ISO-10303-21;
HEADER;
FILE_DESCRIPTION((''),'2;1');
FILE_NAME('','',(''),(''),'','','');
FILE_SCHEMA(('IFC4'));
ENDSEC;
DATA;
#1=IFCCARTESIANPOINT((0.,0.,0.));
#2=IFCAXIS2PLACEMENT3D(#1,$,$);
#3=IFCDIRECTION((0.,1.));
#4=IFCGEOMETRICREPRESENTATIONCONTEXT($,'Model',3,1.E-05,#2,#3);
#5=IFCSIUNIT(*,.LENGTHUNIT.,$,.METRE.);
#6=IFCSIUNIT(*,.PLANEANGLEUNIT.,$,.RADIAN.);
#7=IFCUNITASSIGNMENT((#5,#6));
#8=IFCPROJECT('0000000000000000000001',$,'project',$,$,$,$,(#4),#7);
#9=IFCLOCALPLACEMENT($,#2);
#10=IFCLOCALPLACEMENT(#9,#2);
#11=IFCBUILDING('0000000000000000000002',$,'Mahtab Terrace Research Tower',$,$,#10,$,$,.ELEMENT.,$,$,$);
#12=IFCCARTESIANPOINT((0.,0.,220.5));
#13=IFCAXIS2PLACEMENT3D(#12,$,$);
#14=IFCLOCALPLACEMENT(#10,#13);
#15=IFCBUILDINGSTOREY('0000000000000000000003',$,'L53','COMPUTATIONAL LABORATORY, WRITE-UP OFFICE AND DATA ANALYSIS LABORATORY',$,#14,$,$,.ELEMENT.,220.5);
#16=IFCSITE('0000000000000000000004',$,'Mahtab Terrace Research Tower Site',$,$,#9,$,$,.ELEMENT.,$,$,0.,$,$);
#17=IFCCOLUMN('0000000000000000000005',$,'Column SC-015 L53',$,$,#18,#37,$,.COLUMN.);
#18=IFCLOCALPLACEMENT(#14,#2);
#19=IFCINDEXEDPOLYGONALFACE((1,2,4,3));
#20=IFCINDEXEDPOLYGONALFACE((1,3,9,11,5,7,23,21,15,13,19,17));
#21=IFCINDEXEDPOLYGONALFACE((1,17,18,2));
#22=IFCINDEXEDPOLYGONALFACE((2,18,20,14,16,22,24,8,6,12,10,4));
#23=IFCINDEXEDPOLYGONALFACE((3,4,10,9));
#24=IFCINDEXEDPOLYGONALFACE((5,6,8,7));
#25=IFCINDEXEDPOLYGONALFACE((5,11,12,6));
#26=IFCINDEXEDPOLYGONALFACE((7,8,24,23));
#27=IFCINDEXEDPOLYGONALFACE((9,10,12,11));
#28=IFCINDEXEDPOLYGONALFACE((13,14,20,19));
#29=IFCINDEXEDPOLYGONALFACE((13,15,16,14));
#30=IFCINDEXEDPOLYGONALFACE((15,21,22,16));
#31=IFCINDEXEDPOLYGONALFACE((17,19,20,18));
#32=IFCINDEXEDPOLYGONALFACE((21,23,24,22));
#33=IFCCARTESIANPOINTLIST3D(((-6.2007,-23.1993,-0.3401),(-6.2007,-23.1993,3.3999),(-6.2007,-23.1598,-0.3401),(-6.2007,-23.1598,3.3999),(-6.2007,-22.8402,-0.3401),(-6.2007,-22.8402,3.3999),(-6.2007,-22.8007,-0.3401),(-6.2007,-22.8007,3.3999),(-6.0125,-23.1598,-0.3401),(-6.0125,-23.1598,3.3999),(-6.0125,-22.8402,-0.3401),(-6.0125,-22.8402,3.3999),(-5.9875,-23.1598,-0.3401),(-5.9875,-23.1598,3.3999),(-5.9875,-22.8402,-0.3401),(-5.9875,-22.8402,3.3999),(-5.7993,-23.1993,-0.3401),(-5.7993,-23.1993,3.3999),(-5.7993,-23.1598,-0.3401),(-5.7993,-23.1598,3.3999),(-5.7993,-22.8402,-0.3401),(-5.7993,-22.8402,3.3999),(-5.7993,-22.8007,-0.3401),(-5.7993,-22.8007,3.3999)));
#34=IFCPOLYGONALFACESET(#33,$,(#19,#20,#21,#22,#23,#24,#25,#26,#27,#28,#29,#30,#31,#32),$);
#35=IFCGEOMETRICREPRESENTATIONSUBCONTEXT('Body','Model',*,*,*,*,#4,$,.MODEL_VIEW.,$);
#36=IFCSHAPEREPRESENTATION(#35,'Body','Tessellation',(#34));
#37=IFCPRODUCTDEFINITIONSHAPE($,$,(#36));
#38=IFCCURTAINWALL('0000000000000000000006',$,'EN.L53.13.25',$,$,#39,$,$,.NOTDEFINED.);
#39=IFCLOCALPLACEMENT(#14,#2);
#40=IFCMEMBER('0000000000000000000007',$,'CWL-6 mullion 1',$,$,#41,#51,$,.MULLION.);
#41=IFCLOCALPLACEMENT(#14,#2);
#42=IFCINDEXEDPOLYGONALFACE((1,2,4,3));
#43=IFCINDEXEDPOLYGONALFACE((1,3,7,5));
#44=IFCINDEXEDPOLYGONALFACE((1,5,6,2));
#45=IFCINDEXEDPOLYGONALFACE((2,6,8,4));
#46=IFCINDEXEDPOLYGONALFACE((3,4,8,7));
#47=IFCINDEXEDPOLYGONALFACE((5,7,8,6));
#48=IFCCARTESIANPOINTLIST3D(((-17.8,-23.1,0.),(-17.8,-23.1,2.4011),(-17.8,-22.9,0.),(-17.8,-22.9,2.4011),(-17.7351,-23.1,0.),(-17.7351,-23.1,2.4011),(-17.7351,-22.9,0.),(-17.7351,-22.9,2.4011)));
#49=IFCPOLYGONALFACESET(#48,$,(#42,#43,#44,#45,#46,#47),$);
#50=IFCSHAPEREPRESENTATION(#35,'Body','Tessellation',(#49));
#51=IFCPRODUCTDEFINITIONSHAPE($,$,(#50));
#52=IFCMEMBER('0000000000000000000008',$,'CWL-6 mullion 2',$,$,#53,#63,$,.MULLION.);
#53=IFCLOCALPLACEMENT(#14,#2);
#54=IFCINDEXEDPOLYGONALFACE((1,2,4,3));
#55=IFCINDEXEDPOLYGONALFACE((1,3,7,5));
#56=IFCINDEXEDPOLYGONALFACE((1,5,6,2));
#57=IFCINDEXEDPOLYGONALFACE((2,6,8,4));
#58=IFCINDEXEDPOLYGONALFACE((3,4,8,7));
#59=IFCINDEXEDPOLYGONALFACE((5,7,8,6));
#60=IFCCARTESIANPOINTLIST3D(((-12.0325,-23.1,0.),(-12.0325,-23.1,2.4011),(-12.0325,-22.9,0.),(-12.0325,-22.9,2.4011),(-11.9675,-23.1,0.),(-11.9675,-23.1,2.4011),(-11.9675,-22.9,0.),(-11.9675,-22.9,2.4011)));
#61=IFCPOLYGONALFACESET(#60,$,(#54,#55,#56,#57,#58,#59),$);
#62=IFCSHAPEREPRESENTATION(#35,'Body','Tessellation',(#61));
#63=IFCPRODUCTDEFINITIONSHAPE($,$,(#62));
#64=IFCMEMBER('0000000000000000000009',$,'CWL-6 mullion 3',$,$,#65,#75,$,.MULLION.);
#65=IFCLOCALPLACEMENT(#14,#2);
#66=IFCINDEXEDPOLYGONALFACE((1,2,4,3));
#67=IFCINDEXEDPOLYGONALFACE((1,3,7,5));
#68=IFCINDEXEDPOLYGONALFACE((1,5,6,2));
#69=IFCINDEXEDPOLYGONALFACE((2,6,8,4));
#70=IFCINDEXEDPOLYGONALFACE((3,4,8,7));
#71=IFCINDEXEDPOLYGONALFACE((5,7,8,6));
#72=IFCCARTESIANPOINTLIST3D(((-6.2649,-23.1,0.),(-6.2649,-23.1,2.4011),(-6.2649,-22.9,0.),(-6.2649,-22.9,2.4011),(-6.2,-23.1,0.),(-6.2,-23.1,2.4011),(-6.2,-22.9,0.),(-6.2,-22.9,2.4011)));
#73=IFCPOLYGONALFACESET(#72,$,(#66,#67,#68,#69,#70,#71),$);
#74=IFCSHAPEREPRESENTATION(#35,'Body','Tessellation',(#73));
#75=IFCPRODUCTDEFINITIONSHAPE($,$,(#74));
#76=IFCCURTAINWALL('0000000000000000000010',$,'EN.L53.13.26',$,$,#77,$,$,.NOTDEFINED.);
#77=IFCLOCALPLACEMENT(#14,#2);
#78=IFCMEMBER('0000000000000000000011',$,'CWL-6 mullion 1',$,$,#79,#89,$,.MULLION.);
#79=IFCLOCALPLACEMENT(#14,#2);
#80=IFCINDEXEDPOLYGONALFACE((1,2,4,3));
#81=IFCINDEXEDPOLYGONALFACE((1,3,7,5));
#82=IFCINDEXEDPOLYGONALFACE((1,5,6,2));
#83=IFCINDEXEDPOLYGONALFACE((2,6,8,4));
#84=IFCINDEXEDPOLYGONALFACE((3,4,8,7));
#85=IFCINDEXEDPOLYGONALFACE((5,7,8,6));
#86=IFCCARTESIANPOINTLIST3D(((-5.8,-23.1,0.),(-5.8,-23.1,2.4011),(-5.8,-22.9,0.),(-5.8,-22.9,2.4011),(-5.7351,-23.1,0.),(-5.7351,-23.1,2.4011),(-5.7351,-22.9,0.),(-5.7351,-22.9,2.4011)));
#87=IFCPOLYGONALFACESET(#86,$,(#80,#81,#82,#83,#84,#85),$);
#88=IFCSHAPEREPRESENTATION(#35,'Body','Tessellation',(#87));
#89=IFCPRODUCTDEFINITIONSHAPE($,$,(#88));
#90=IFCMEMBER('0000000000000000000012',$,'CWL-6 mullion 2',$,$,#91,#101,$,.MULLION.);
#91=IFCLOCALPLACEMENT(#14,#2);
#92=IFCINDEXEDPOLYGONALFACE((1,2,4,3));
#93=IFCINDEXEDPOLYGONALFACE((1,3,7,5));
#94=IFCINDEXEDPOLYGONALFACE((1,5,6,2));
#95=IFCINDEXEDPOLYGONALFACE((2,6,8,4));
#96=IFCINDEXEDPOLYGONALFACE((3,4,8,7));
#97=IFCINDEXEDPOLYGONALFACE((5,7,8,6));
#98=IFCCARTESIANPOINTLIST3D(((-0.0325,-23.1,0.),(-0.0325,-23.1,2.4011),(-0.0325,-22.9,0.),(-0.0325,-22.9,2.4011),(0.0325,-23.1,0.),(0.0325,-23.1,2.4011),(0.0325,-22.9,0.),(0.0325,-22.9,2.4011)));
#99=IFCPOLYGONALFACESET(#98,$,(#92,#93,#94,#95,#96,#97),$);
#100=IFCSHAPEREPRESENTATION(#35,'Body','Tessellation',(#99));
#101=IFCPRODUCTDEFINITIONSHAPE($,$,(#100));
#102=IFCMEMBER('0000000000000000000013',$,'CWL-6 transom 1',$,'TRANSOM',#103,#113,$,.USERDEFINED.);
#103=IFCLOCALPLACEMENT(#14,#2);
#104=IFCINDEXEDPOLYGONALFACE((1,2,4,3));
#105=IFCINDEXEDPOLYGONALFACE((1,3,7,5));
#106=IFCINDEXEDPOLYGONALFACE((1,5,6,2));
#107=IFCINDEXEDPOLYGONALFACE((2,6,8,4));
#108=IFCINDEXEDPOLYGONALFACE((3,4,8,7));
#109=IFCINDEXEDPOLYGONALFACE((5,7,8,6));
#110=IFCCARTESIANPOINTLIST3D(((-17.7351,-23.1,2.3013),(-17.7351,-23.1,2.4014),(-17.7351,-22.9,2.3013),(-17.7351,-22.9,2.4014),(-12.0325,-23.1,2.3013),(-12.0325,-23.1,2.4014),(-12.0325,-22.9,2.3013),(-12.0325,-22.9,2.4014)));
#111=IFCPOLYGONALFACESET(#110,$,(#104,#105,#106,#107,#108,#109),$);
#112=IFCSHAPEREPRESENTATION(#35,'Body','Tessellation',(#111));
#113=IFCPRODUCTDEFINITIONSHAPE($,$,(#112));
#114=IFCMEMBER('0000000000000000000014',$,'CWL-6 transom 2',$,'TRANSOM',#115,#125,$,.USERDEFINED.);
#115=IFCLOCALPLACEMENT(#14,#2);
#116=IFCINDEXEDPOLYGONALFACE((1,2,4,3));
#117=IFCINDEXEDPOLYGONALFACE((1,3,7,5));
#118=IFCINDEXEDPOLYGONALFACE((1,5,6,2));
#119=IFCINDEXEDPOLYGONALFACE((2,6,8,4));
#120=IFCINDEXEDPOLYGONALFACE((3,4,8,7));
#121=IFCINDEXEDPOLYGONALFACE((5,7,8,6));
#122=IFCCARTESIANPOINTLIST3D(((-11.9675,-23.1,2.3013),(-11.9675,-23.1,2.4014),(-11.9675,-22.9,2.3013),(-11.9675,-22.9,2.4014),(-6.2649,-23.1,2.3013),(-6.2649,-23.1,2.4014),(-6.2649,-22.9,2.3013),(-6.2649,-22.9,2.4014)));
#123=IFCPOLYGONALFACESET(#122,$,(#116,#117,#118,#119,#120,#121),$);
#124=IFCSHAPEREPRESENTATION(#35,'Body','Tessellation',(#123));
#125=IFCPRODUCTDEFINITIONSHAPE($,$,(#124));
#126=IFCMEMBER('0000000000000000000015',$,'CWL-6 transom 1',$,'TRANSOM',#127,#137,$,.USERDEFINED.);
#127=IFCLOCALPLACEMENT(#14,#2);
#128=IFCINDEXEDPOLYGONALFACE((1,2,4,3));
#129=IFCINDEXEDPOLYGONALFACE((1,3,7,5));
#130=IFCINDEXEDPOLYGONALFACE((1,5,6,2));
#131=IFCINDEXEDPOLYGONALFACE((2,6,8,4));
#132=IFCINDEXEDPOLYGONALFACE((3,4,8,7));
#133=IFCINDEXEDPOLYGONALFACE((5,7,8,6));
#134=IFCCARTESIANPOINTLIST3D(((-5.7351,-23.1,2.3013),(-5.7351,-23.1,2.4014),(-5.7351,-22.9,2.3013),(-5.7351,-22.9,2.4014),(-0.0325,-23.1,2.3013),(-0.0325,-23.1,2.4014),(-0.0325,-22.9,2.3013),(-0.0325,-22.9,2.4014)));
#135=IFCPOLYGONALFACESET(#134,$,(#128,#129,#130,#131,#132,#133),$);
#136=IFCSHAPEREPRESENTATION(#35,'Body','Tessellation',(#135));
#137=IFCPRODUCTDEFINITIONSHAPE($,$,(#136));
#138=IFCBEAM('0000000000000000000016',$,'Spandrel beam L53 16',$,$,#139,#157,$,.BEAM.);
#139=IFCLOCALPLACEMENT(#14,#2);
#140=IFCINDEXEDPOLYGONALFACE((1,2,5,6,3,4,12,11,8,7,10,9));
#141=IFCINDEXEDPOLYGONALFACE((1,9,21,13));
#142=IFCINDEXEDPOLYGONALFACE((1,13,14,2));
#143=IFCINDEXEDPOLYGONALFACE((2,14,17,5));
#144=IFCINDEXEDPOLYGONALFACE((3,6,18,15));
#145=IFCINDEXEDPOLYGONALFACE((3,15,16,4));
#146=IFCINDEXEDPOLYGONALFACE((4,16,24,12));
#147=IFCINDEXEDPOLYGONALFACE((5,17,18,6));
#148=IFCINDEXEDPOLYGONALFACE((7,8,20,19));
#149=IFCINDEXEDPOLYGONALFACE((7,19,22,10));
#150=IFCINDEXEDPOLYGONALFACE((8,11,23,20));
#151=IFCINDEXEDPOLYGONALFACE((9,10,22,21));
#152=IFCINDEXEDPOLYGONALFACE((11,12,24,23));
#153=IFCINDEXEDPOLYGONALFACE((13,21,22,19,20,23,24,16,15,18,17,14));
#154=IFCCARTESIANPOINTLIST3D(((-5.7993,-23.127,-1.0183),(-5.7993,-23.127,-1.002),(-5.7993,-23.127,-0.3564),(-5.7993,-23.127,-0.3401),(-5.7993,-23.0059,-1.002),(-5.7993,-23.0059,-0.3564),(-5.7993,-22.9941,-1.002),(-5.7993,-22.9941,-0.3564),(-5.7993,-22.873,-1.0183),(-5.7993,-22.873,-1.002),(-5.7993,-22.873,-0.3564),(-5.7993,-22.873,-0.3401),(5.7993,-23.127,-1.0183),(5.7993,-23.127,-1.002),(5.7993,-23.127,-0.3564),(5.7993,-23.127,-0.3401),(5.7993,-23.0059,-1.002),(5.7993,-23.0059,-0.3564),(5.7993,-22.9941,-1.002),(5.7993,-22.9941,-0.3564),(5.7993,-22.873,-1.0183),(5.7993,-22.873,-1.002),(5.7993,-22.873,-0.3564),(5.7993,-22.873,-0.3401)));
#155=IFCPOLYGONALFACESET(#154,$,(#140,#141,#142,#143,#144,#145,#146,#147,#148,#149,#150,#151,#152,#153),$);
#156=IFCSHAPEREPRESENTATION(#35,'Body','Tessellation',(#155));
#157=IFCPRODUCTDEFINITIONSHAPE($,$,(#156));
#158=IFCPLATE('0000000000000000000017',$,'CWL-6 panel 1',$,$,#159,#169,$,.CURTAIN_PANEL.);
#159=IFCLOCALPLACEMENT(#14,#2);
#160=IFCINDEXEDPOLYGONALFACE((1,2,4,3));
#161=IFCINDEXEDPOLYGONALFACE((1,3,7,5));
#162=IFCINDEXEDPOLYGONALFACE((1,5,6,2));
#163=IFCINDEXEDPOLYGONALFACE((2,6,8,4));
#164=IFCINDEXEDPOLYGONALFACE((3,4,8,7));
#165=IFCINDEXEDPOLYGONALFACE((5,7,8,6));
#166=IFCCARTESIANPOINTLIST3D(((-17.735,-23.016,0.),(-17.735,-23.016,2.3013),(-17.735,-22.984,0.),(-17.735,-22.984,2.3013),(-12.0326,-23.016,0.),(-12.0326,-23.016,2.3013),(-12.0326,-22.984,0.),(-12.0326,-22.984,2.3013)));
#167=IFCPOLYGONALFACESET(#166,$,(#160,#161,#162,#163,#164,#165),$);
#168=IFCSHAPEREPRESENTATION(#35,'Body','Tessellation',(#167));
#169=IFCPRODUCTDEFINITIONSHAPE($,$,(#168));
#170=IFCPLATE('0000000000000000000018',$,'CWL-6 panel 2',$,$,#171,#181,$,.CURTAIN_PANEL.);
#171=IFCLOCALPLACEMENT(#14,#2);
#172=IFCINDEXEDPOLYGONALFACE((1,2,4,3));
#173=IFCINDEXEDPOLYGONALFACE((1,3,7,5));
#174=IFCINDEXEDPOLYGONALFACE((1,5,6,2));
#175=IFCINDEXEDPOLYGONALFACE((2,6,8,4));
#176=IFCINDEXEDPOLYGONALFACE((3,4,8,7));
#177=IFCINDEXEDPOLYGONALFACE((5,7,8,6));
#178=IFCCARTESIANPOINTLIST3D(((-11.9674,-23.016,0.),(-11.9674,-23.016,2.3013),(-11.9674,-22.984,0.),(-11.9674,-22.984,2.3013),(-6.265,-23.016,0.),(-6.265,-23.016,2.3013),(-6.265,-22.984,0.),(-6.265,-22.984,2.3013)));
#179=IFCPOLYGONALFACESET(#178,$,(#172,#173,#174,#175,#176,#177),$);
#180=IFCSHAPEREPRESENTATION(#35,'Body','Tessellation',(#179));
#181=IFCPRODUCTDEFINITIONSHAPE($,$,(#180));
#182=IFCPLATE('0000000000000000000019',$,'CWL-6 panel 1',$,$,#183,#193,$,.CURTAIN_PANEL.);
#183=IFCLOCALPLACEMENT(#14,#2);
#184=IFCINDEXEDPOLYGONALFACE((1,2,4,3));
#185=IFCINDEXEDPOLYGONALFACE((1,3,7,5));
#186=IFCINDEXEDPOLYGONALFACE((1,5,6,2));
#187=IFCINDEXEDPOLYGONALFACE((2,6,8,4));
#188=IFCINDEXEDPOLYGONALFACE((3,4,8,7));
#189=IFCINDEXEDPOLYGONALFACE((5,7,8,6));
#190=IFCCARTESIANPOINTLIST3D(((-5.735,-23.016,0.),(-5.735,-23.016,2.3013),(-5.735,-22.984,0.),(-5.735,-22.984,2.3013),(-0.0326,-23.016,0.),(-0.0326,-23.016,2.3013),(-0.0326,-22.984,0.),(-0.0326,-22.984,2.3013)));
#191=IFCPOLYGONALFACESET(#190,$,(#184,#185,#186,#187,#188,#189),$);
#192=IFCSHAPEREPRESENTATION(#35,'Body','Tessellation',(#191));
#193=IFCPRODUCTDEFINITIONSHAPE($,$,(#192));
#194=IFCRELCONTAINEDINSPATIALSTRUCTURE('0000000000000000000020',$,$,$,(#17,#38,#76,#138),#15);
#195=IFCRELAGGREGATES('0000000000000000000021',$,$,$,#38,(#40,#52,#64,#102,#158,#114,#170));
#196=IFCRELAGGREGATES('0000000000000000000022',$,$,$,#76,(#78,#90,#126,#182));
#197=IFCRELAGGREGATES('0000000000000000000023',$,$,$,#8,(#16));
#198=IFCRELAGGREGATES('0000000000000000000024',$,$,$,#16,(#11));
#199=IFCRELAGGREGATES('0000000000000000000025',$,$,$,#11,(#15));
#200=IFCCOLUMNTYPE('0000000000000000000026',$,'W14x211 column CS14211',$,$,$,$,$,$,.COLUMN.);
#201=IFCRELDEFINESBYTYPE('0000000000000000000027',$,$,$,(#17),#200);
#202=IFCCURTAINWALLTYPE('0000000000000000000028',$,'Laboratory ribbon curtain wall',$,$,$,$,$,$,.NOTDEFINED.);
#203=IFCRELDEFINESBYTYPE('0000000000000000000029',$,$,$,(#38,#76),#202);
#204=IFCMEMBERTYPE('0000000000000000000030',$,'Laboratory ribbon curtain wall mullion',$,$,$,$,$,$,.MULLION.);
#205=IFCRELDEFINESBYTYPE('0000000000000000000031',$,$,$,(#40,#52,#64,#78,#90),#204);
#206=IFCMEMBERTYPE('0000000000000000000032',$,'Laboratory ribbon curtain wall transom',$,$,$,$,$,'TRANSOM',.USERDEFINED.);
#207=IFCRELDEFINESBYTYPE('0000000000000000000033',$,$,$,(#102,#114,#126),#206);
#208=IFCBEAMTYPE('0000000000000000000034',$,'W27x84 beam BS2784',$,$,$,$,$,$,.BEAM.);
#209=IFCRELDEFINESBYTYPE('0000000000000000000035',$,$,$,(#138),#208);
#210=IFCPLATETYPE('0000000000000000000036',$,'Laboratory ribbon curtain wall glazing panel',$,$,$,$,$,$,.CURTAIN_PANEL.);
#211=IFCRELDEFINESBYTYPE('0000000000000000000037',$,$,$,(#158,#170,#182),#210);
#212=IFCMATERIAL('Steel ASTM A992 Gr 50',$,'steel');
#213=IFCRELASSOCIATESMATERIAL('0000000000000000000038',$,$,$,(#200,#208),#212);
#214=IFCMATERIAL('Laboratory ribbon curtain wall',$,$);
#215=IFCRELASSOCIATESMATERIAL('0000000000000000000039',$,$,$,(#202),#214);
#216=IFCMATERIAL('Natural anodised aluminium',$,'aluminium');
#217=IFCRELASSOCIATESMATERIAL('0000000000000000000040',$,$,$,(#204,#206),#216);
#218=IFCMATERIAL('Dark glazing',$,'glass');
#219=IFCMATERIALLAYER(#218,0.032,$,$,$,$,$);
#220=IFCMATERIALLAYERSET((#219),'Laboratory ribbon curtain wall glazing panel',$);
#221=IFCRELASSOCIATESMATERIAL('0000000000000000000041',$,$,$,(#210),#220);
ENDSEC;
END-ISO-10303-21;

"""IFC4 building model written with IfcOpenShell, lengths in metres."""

from ifc_helpers import new_model, si_unit, direction, frame, origin, origin_2d, place, context, subcontext, project, spatial, rectangle, i_section, extrude, material, layer, layer_set, material_profile, profile_set, type_object, element, aggregate, save


model = new_model("IFC4")

# Units and contexts
model_context = context("Model", 3, precision=1e-05, world=origin(), true_north=direction((0.0, 1.0)))
body_context = subcontext(model_context, "Body", "Model", "MODEL_VIEW")
ifc_project = project(units=[si_unit("LENGTHUNIT", "METRE"), si_unit("PLANEANGLEUNIT", "RADIAN")], contexts=[model_context])

# Site, building, storey
site_placement = place(None, origin())
site = spatial("IfcSite", under=ifc_project, at=site_placement, Name="Mahtab Terrace Research Tower Site", CompositionType="ELEMENT", RefElevation=0.0)
building_placement = place(site_placement, origin())
building = spatial("IfcBuilding", under=site, at=building_placement, Name="Mahtab Terrace Research Tower", CompositionType="ELEMENT")
storey_placement = place(building_placement, frame((0.0, 0.0, 220.5)))
storey = spatial("IfcBuildingStorey", under=building, at=storey_placement, Name="L53", Description="COMPUTATIONAL LABORATORY, WRITE-UP OFFICE AND DATA ANALYSIS LABORATORY", CompositionType="ELEMENT", Elevation=220.5)

# Column
ifc_material_1 = material(Name="Steel ASTM A992 Gr 50", Category="steel")
ifc_material_profile_1 = material_profile(ifc_material_1, i_section(OverallWidth=0.4014, OverallDepth=0.3987, WebThickness=0.0249, FlangeThickness=0.0396, at=origin_2d()), Name="W14X211")
ifc_profile_set_1 = profile_set([ifc_material_profile_1], Name="Steel ASTM A992 Gr 50")
column_type = type_object("IfcColumnType", Name="W14x211 column CS14211", PredefinedType="COLUMN", material=ifc_profile_set_1)
column_placement = place(storey_placement, frame((-6.0, -23.0, -0.3401), z_axis=(0.0, 0.0, 1.0), x_axis=(1.0, 0.0, 0.0)))
element("IfcColumn", 1, at=column_placement, inside=storey, type_object=column_type, Name="Column SC-015 L53", PredefinedType="COLUMN", context=body_context, shape_type="SweptSolid", body=[
    extrude(i_section(OverallWidth=0.4014, OverallDepth=0.3987, WebThickness=0.0249, FlangeThickness=0.0396, at=origin_2d()), origin(), (0.0, 0.0, 1.0), 3.74),
])

# Curtain walls, members
ifc_material_2 = material(Name="Laboratory ribbon curtain wall")
curtain_wall_type = type_object("IfcCurtainWallType", Name="Laboratory ribbon curtain wall", PredefinedType="NOTDEFINED", material=ifc_material_2)
curtain_wall_1_placement = place(storey_placement, origin())
curtain_wall_1 = element("IfcCurtainWall", 2, at=curtain_wall_1_placement, inside=storey, type_object=curtain_wall_type, Name="EN.L53.13.25", PredefinedType="NOTDEFINED")
ifc_material_3 = material(Name="Natural anodised aluminium", Category="aluminium")
ifc_material_profile_2 = material_profile(ifc_material_3, rectangle(XDim=0.2, YDim=0.0649, at=origin_2d()), Name="MULLION 65x200")
ifc_profile_set_2 = profile_set([ifc_material_profile_2], Name="Natural anodised aluminium")
member_type_1 = type_object("IfcMemberType", Name="Laboratory ribbon curtain wall mullion", PredefinedType="MULLION", material=ifc_profile_set_2)
member_1_placement = place(storey_placement, frame((-17.7676, -23.0, 0.0), z_axis=(0.0, 0.0, 1.0), x_axis=(0.0, 1.0, 0.0)))
member_1 = element("IfcMember", 3, at=member_1_placement, type_object=member_type_1, Name="CWL-6 mullion 1", PredefinedType="MULLION", context=body_context, shape_type="SweptSolid", body=[
    extrude(rectangle(XDim=0.2, YDim=0.0649, at=origin_2d()), origin(), (0.0, 0.0, 1.0), 2.4011),
])
member_2_placement = place(storey_placement, frame((-12.0, -23.0, 0.0), z_axis=(0.0, 0.0, 1.0), x_axis=(0.0, 1.0, 0.0)))
member_2 = element("IfcMember", 4, at=member_2_placement, type_object=member_type_1, Name="CWL-6 mullion 2", PredefinedType="MULLION", context=body_context, shape_type="SweptSolid", body=[
    extrude(rectangle(XDim=0.2, YDim=0.0649, at=origin_2d()), origin(), (0.0, 0.0, 1.0), 2.4011),
])
member_3_placement = place(storey_placement, frame((-6.2324, -23.0, 0.0), z_axis=(0.0, 0.0, 1.0), x_axis=(0.0, 1.0, 0.0)))
member_3 = element("IfcMember", 5, at=member_3_placement, type_object=member_type_1, Name="CWL-6 mullion 3", PredefinedType="MULLION", context=body_context, shape_type="SweptSolid", body=[
    extrude(rectangle(XDim=0.2, YDim=0.0649, at=origin_2d()), origin(), (0.0, 0.0, 1.0), 2.4011),
])
curtain_wall_2_placement = place(storey_placement, origin())
curtain_wall_2 = element("IfcCurtainWall", 6, at=curtain_wall_2_placement, inside=storey, type_object=curtain_wall_type, Name="EN.L53.13.26", PredefinedType="NOTDEFINED")
member_4_placement = place(storey_placement, frame((-5.7676, -23.0, 0.0), z_axis=(0.0, 0.0, 1.0), x_axis=(0.0, 1.0, 0.0)))
member_4 = element("IfcMember", 7, at=member_4_placement, type_object=member_type_1, Name="CWL-6 mullion 1", PredefinedType="MULLION", context=body_context, shape_type="SweptSolid", body=[
    extrude(rectangle(XDim=0.2, YDim=0.0649, at=origin_2d()), origin(), (0.0, 0.0, 1.0), 2.4011),
])
member_5_placement = place(storey_placement, frame((0.0, -23.0, 0.0), z_axis=(0.0, 0.0, 1.0), x_axis=(0.0, 1.0, 0.0)))
member_5 = element("IfcMember", 8, at=member_5_placement, type_object=member_type_1, Name="CWL-6 mullion 2", PredefinedType="MULLION", context=body_context, shape_type="SweptSolid", body=[
    extrude(rectangle(XDim=0.2, YDim=0.0649, at=origin_2d()), origin(), (0.0, 0.0, 1.0), 2.4011),
])

# Members
ifc_material_profile_3 = material_profile(ifc_material_3, rectangle(XDim=0.2, YDim=0.1001, at=origin_2d()), Name="TRANSOM 100x200")
ifc_profile_set_3 = profile_set([ifc_material_profile_3], Name="Natural anodised aluminium")
member_type_2 = type_object("IfcMemberType", Name="Laboratory ribbon curtain wall transom", ElementType="TRANSOM", PredefinedType="USERDEFINED", material=ifc_profile_set_3)
member_6_placement = place(storey_placement, frame((-17.7351, -23.0, 2.3513), z_axis=(1.0, 0.0, 0.0), x_axis=(0.0, 1.0, 0.0)))
member_6 = element("IfcMember", 9, at=member_6_placement, type_object=member_type_2, Name="CWL-6 transom 1", ObjectType="TRANSOM", PredefinedType="USERDEFINED", context=body_context, shape_type="SweptSolid", body=[
    extrude(rectangle(XDim=0.2, YDim=0.1001, at=origin_2d()), origin(), (0.0, 0.0, 1.0), 5.7026),
])
member_7_placement = place(storey_placement, frame((-11.9675, -23.0, 2.3513), z_axis=(1.0, 0.0, 0.0), x_axis=(0.0, 1.0, 0.0)))
member_7 = element("IfcMember", 10, at=member_7_placement, type_object=member_type_2, Name="CWL-6 transom 2", ObjectType="TRANSOM", PredefinedType="USERDEFINED", context=body_context, shape_type="SweptSolid", body=[
    extrude(rectangle(XDim=0.2, YDim=0.1001, at=origin_2d()), origin(), (0.0, 0.0, 1.0), 5.7026),
])
member_8_placement = place(storey_placement, frame((-5.7351, -23.0, 2.3513), z_axis=(1.0, 0.0, 0.0), x_axis=(0.0, 1.0, 0.0)))
member_8 = element("IfcMember", 11, at=member_8_placement, type_object=member_type_2, Name="CWL-6 transom 1", ObjectType="TRANSOM", PredefinedType="USERDEFINED", context=body_context, shape_type="SweptSolid", body=[
    extrude(rectangle(XDim=0.2, YDim=0.1001, at=origin_2d()), origin(), (0.0, 0.0, 1.0), 5.7026),
])

# Beam
ifc_material_profile_4 = material_profile(ifc_material_1, i_section(OverallWidth=0.2539, OverallDepth=0.6782, WebThickness=0.0117, FlangeThickness=0.0164, at=origin_2d()), Name="W27X84")
ifc_profile_set_4 = profile_set([ifc_material_profile_4], Name="Steel ASTM A992 Gr 50")
beam_type = type_object("IfcBeamType", Name="W27x84 beam BS2784", PredefinedType="BEAM", material=ifc_profile_set_4)
beam_placement = place(storey_placement, frame((-5.7993, -23.0, -0.6792), z_axis=(1.0, 0.0, 0.0), x_axis=(0.0, 1.0, 0.0)))
element("IfcBeam", 12, at=beam_placement, inside=storey, type_object=beam_type, Name="Spandrel beam L53 16", PredefinedType="BEAM", context=body_context, shape_type="SweptSolid", body=[
    extrude(i_section(OverallWidth=0.2539, OverallDepth=0.6782, WebThickness=0.0117, FlangeThickness=0.0164, at=origin_2d()), origin(), (0.0, 0.0, 1.0), 11.5986),
])

# Plates
ifc_material_4 = material(Name="Dark glazing", Category="glass")
ifc_layer = layer(ifc_material_4, 0.032)
ifc_layer_set = layer_set([ifc_layer], Name="Laboratory ribbon curtain wall glazing panel")
plate_type = type_object("IfcPlateType", Name="Laboratory ribbon curtain wall glazing panel", PredefinedType="CURTAIN_PANEL", material=ifc_layer_set)
plate_1_placement = place(storey_placement, frame((-14.8838, -23.0, 0.0), z_axis=(0.0, 0.0, 1.0), x_axis=(1.0, 0.0, 0.0)))
plate_1 = element("IfcPlate", 13, at=plate_1_placement, type_object=plate_type, Name="CWL-6 panel 1", PredefinedType="CURTAIN_PANEL", context=body_context, shape_type="SweptSolid", body=[
    extrude(rectangle(XDim=5.7024, YDim=0.032, at=origin_2d()), origin(), (0.0, 0.0, 1.0), 2.3013),
])
plate_2_placement = place(storey_placement, frame((-9.1162, -23.0, 0.0), z_axis=(0.0, 0.0, 1.0), x_axis=(1.0, 0.0, 0.0)))
plate_2 = element("IfcPlate", 14, at=plate_2_placement, type_object=plate_type, Name="CWL-6 panel 2", PredefinedType="CURTAIN_PANEL", context=body_context, shape_type="SweptSolid", body=[
    extrude(rectangle(XDim=5.7024, YDim=0.032, at=origin_2d()), origin(), (0.0, 0.0, 1.0), 2.3013),
])
aggregate(curtain_wall_1, [member_1, member_2, member_3, member_6, plate_1, member_7, plate_2])
plate_3_placement = place(storey_placement, frame((-2.8838, -23.0, 0.0), z_axis=(0.0, 0.0, 1.0), x_axis=(1.0, 0.0, 0.0)))
plate_3 = element("IfcPlate", 15, at=plate_3_placement, type_object=plate_type, Name="CWL-6 panel 1", PredefinedType="CURTAIN_PANEL", context=body_context, shape_type="SweptSolid", body=[
    extrude(rectangle(XDim=5.7024, YDim=0.032, at=origin_2d()), origin(), (0.0, 0.0, 1.0), 2.3013),
])
aggregate(curtain_wall_2, [member_4, member_5, member_8, plate_3])

save(model, "model.ifc")
